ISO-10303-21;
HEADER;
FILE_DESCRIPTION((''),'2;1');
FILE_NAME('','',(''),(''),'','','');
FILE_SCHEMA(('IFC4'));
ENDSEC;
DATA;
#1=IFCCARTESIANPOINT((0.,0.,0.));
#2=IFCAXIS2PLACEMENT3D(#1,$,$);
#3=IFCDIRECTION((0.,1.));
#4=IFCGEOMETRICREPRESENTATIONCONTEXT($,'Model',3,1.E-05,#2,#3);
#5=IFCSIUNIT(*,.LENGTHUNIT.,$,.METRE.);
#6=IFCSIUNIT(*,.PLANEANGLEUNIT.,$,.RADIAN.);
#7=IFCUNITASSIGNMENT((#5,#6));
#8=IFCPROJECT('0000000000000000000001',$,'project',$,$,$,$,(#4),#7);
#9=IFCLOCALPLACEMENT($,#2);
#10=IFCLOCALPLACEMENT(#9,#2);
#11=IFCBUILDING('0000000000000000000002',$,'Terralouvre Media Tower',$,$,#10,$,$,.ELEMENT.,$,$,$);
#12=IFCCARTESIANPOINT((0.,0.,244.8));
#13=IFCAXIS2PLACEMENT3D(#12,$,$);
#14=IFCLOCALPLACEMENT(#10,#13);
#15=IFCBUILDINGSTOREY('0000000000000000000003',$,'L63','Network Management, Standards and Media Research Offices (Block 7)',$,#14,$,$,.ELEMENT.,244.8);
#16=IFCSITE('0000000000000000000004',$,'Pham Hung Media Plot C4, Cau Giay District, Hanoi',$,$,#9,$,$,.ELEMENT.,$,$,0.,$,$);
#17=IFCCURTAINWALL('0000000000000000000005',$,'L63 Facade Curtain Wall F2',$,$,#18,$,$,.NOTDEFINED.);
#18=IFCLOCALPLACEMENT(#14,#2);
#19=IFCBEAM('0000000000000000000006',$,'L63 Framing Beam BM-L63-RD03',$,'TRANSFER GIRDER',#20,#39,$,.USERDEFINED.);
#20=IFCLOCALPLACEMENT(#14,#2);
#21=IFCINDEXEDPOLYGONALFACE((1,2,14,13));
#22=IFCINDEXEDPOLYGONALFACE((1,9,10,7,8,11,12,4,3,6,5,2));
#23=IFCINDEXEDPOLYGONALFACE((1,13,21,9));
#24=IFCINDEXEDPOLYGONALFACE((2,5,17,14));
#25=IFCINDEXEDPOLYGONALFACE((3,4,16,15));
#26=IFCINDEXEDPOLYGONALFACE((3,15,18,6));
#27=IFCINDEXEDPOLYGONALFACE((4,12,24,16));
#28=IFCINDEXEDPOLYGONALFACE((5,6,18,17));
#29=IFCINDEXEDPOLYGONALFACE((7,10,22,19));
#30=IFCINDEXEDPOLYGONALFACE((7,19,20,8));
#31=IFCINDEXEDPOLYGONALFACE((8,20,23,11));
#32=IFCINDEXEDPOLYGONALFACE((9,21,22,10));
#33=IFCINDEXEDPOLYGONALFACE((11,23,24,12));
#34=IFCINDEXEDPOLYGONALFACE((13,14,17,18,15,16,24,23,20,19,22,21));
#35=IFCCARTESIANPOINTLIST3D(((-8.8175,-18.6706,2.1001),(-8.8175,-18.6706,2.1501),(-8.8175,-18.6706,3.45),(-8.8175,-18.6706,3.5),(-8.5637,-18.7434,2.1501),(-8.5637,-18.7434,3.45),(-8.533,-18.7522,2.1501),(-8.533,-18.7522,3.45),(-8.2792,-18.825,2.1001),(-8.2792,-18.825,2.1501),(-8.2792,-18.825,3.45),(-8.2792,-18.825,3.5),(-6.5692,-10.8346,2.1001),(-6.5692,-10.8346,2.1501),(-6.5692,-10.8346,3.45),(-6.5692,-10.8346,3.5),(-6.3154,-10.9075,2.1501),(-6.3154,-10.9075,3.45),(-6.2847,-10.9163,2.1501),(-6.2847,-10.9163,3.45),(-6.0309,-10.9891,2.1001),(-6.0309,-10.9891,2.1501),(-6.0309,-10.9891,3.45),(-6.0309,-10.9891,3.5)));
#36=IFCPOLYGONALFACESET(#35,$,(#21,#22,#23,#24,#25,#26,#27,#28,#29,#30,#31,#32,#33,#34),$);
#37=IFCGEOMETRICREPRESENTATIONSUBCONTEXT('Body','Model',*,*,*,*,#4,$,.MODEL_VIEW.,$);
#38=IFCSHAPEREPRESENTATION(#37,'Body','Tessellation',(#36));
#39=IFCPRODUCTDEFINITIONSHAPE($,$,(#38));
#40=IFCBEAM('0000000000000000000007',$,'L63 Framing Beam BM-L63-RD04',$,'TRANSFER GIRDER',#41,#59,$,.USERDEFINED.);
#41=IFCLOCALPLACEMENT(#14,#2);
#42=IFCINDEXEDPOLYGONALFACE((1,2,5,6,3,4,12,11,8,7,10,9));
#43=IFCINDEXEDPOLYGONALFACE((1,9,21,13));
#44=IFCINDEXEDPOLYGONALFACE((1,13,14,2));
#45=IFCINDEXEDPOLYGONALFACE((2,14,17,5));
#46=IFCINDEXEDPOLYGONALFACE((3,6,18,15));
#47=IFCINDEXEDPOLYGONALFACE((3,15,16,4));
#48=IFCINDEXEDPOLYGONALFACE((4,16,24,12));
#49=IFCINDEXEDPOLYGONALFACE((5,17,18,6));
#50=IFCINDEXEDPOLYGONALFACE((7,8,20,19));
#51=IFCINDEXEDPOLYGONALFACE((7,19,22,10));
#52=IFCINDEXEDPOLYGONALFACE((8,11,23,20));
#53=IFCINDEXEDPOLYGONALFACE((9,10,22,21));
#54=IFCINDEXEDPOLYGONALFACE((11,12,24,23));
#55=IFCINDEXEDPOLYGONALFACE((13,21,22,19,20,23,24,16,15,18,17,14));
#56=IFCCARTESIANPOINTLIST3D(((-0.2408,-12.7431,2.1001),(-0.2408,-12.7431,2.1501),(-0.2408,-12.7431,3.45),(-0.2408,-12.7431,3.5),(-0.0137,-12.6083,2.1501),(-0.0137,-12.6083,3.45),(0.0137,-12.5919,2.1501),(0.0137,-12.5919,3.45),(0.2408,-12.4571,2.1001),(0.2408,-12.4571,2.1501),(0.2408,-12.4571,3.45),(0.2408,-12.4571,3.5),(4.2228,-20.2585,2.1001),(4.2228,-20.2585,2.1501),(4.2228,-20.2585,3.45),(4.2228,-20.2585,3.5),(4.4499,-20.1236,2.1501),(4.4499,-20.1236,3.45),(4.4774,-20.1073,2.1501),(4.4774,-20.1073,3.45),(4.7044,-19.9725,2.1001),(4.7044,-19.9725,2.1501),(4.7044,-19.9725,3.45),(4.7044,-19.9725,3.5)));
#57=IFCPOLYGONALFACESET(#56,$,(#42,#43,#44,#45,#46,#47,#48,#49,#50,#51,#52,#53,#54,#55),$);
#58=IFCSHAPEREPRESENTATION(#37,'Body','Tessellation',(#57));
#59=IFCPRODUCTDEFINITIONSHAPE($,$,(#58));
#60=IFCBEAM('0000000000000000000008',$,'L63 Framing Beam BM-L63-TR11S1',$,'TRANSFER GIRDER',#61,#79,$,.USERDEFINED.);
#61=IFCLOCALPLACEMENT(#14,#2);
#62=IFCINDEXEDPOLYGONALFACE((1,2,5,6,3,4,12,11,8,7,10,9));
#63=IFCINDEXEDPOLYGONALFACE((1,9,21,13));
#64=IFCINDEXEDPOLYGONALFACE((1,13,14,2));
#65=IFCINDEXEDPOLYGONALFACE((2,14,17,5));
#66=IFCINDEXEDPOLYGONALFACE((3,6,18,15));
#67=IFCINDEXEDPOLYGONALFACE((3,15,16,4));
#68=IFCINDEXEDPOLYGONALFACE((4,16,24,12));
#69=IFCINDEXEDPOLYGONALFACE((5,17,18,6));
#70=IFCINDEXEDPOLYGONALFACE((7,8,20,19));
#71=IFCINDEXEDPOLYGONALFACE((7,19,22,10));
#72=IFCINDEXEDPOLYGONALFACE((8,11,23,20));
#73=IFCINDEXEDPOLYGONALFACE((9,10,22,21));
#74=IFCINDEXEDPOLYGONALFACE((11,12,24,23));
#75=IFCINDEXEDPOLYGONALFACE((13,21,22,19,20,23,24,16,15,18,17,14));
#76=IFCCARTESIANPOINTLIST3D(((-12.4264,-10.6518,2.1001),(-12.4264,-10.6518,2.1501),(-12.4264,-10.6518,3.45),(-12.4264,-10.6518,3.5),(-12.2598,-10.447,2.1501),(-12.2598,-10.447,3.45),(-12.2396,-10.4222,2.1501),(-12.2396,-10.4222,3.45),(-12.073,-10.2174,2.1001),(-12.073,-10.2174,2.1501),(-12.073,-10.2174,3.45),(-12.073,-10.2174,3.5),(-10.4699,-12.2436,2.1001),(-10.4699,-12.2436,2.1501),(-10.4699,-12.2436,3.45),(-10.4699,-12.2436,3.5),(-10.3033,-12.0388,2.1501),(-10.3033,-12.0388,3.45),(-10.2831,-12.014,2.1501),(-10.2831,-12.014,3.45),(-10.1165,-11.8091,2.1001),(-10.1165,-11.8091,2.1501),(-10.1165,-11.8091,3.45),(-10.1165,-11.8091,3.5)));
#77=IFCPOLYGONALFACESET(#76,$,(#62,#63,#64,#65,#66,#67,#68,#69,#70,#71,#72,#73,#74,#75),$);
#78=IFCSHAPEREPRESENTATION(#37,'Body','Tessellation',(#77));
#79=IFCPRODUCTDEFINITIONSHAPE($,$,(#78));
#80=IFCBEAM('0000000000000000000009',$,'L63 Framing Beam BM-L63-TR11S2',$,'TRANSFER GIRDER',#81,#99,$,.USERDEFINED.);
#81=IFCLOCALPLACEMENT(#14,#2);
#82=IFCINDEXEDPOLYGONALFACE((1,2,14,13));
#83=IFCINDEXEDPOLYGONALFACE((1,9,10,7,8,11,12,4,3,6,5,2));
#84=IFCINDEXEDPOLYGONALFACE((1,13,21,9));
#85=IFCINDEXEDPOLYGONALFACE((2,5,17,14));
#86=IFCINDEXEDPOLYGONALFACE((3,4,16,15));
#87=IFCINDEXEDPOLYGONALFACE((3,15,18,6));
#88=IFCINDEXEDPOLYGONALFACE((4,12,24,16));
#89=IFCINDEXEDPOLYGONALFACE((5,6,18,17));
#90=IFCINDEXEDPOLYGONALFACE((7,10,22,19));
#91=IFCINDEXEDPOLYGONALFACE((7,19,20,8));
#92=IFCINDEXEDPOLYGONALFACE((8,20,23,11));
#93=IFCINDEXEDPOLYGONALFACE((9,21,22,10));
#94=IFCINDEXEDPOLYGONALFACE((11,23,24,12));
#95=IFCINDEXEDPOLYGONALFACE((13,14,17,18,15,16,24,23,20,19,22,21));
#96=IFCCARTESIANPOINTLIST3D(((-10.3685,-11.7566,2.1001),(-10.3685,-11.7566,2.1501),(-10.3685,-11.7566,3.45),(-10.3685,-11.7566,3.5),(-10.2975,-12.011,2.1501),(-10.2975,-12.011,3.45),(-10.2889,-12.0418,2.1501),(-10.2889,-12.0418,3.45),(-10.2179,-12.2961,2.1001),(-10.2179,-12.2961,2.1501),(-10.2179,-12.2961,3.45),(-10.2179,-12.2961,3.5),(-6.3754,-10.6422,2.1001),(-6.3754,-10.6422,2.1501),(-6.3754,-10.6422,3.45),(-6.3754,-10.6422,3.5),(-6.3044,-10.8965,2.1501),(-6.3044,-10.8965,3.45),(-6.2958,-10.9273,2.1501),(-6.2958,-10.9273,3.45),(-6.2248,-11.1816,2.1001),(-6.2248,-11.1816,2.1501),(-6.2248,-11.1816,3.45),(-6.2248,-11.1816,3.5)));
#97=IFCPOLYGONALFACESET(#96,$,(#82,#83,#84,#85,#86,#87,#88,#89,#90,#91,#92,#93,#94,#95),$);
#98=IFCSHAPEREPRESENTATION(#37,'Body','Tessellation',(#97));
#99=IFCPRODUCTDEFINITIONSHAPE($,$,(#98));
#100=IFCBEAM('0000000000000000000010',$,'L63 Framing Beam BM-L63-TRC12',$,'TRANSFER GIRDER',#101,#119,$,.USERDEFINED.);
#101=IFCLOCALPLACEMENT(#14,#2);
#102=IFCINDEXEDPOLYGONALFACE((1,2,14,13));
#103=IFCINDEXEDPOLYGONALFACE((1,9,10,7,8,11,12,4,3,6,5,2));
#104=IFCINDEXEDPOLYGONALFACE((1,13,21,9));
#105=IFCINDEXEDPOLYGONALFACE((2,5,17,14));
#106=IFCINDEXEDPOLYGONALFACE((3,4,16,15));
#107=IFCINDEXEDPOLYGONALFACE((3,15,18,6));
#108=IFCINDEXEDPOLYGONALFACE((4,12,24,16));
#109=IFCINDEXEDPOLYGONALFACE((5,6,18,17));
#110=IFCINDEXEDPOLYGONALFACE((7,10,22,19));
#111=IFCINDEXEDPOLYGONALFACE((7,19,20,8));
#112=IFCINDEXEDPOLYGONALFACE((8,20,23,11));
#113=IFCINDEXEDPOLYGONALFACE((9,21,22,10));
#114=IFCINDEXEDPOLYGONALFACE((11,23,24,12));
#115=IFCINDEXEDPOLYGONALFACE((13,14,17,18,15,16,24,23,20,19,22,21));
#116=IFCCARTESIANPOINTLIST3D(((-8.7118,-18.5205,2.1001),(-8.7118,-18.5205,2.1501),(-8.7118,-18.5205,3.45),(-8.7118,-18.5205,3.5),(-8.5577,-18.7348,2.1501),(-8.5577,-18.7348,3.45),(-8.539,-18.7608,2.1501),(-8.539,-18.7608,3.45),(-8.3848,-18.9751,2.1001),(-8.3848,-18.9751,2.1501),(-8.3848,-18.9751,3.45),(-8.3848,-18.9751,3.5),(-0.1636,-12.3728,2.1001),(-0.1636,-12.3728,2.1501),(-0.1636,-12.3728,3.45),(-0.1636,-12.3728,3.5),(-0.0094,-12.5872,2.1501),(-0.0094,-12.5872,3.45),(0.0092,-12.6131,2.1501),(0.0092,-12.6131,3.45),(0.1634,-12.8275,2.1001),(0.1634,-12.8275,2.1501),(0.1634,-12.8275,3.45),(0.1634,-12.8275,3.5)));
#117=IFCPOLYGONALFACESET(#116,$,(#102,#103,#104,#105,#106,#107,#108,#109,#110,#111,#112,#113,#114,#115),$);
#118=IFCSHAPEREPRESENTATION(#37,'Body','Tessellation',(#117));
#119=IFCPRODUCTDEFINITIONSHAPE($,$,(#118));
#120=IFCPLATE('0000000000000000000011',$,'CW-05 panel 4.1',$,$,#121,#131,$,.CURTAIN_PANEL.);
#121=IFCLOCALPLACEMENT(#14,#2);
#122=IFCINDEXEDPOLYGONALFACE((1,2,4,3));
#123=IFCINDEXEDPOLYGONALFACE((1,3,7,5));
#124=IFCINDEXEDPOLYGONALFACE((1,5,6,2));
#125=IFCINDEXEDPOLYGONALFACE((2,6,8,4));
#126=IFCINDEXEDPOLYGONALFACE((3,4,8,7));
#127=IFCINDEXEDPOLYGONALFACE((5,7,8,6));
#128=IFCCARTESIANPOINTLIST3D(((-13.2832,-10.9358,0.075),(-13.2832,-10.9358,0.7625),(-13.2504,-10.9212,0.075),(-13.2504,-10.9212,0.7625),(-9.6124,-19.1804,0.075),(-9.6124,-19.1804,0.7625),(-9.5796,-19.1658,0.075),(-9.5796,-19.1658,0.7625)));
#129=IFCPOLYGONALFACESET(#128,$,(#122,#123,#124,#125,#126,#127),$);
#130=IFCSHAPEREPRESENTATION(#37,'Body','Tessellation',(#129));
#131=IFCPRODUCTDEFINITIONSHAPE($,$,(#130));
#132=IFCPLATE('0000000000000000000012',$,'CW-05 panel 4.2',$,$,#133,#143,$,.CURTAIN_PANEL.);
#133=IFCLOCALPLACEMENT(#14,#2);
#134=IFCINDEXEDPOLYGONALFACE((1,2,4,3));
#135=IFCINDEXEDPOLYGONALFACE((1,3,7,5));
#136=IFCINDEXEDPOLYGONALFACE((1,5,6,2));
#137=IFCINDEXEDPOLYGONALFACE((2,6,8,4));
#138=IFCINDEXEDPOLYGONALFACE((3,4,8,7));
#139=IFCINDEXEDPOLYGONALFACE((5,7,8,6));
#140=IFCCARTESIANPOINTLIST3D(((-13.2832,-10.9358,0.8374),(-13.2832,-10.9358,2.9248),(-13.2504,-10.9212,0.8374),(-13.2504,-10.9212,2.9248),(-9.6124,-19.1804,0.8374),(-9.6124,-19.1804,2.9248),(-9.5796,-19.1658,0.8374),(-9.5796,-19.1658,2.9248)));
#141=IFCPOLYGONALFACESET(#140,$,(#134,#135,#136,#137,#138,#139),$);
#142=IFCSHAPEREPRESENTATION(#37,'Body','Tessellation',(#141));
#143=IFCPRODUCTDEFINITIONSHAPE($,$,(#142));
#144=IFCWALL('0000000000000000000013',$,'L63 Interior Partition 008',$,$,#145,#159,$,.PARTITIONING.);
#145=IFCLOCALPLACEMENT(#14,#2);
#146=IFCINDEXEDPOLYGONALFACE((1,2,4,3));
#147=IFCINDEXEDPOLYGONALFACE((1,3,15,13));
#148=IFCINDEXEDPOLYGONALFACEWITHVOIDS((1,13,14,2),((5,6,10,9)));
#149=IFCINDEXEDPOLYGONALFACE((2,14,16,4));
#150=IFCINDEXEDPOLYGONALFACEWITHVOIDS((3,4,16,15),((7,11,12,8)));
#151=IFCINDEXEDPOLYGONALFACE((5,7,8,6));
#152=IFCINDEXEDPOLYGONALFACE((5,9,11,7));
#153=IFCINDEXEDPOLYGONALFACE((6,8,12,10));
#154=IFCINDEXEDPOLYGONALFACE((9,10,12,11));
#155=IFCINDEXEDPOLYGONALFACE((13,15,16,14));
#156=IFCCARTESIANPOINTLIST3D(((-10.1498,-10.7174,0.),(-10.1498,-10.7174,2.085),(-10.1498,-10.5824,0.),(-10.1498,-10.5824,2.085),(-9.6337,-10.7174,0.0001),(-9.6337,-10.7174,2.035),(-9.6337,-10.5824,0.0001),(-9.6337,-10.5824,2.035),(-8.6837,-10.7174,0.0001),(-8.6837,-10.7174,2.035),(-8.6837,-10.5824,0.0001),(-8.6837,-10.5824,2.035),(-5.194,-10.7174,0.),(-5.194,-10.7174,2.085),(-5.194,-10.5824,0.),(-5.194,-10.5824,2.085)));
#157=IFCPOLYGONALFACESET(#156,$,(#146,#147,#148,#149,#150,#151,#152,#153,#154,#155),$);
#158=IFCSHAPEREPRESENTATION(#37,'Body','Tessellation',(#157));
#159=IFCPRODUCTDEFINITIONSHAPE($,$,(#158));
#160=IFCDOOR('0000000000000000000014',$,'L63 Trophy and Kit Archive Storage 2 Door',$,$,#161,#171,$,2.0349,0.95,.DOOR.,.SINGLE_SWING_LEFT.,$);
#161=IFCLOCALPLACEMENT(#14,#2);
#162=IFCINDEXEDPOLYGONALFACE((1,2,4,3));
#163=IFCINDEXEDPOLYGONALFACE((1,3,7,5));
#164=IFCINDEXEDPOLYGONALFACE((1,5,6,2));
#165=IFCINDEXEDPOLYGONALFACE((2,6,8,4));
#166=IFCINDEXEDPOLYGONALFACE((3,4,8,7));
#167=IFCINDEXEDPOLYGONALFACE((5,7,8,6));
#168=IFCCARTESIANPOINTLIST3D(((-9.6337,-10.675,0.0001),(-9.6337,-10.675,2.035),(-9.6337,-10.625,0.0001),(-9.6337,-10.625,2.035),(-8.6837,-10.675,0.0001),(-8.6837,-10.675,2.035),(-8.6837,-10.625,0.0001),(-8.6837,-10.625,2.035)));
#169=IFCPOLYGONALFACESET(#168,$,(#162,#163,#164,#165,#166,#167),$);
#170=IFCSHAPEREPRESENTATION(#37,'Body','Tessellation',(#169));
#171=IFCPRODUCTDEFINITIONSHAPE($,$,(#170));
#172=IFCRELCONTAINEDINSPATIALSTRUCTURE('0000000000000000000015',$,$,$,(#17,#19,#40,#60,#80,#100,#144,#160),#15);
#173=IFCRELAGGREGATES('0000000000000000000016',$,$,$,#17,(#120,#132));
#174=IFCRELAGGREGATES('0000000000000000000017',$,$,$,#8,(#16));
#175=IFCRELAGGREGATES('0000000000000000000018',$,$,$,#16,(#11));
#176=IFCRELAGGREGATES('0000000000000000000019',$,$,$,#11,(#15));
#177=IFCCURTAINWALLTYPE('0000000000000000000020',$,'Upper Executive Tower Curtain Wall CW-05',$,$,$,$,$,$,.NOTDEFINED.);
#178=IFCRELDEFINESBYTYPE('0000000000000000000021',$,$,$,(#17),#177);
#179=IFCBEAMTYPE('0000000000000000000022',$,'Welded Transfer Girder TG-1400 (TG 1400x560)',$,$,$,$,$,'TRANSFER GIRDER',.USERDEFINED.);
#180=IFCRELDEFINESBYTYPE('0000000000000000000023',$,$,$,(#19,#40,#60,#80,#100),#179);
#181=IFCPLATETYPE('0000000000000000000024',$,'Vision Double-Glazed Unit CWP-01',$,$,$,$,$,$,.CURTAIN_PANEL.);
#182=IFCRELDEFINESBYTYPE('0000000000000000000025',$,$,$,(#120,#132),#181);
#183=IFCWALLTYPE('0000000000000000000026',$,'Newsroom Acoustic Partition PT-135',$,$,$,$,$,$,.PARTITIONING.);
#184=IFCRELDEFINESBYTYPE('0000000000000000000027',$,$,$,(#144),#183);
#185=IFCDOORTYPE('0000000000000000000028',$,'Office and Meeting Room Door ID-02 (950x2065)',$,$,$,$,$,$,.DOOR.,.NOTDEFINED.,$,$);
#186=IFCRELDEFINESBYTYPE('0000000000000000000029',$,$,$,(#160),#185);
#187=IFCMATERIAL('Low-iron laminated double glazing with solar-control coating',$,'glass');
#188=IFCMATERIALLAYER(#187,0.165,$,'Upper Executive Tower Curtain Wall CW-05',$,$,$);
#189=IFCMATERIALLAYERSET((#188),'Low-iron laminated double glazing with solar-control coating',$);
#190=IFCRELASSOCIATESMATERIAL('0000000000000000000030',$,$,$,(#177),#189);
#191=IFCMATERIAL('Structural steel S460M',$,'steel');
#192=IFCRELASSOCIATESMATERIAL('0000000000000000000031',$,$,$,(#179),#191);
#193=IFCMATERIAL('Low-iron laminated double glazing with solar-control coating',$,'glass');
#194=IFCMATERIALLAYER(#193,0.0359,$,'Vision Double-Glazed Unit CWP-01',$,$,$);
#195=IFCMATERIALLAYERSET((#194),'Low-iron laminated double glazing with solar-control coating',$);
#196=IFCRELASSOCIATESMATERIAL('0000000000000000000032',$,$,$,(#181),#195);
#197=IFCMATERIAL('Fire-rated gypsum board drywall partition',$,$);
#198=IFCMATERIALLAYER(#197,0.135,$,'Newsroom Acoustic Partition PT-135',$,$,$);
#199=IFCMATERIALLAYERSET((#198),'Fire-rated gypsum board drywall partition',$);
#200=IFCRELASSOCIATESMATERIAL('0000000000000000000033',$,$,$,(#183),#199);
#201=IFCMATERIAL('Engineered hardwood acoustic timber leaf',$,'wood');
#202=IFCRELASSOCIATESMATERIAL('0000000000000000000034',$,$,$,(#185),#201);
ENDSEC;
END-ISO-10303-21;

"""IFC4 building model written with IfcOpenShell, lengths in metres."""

from ifc_helpers import new_model, si_unit, direction, frame, frame_2d, origin, origin_2d, place, context, subcontext, project, spatial, rectangle, i_section, extrude, material, layer, layer_set, material_profile, profile_set, type_object, element, fill, aggregate, save


model = new_model("IFC4")

# Units and contexts
model_context = context("Model", 3, precision=1e-05, world=origin(), true_north=direction((0.0, 1.0)))
body_context = subcontext(model_context, "Body", "Model", "MODEL_VIEW")
ifc_project = project(units=[si_unit("LENGTHUNIT", "METRE"), si_unit("PLANEANGLEUNIT", "RADIAN")], contexts=[model_context])

# Site, building, storey
site_placement = place(None, origin())
site = spatial("IfcSite", under=ifc_project, at=site_placement, Name="Pham Hung Media Plot C4, Cau Giay District, Hanoi", CompositionType="ELEMENT", RefElevation=0.0)
building_placement = place(site_placement, origin())
building = spatial("IfcBuilding", under=site, at=building_placement, Name="Terralouvre Media Tower", CompositionType="ELEMENT")
storey_placement = place(building_placement, frame((0.0, 0.0, 244.8)))
storey = spatial("IfcBuildingStorey", under=building, at=storey_placement, Name="L63", Description="Network Management, Standards and Media Research Offices (Block 7)", CompositionType="ELEMENT", Elevation=244.8)

# Curtain wall
ifc_material_1 = material(Name="Low-iron laminated double glazing with solar-control coating", Category="glass")
ifc_layer_1 = layer(ifc_material_1, 0.165, Name="Upper Executive Tower Curtain Wall CW-05")
ifc_layer_set_1 = layer_set([ifc_layer_1], Name="Low-iron laminated double glazing with solar-control coating")
curtain_wall_type = type_object("IfcCurtainWallType", Name="Upper Executive Tower Curtain Wall CW-05", PredefinedType="NOTDEFINED", material=ifc_layer_set_1)
curtain_wall_placement = place(storey_placement, origin())
curtain_wall = element("IfcCurtainWall", 1, at=curtain_wall_placement, inside=storey, type_object=curtain_wall_type, Name="L63 Facade Curtain Wall F2", PredefinedType="NOTDEFINED")

# Beams
ifc_material_2 = material(Name="Structural steel S460M", Category="steel")
ifc_material_profile_1 = material_profile(ifc_material_2, i_section(OverallWidth=0.5601, OverallDepth=1.3999, WebThickness=0.032, FlangeThickness=0.05, at=origin_2d()), Name="TG 1400x560")
ifc_profile_set_1 = profile_set([ifc_material_profile_1], Name="Structural steel S460M")
beam_type_1 = type_object("IfcBeamType", Name="Welded Transfer Girder TG-1400 (TG 1400x560)", ElementType="TRANSFER GIRDER", PredefinedType="USERDEFINED", material=ifc_profile_set_1)
beam_1_placement = place(storey_placement, frame((-6.3, -10.9119, 2.8), z_axis=(-0.275793, -0.961217, 0.0), x_axis=(0.961217, -0.275793, 0.0)))
element("IfcBeam", 2, at=beam_1_placement, inside=storey, type_object=beam_type_1, Name="L63 Framing Beam BM-L63-RD03", ObjectType="TRANSFER GIRDER", PredefinedType="USERDEFINED", context=body_context, shape_type="SweptSolid", body=[
    extrude(i_section(OverallWidth=0.5601, OverallDepth=1.3999, WebThickness=0.032, FlangeThickness=0.05, at=origin_2d()), origin(), (0.0, 0.0, 1.0), 8.1521),
])
beam_2_placement = place(storey_placement, frame((0.0, -12.6001, 2.8), z_axis=(0.510654, -0.859786, 0.0), x_axis=(0.859786, 0.510654, 0.0)))
element("IfcBeam", 3, at=beam_2_placement, inside=storey, type_object=beam_type_1, Name="L63 Framing Beam BM-L63-RD04", ObjectType="TRANSFER GIRDER", PredefinedType="USERDEFINED", context=body_context, shape_type="SweptSolid", body=[
    extrude(i_section(OverallWidth=0.5601, OverallDepth=1.3999, WebThickness=0.032, FlangeThickness=0.05, at=origin_2d()), origin(), (0.0, 0.0, 1.0), 8.741),
])
beam_3_placement = place(storey_placement, frame((-10.2932, -12.0264, 2.8), z_axis=(-0.775705, 0.631095, 0.0), x_axis=(-0.631095, -0.775705, 0.0)))
element("IfcBeam", 4, at=beam_3_placement, inside=storey, type_object=beam_type_1, Name="L63 Framing Beam BM-L63-TR11S1", ObjectType="TRANSFER GIRDER", PredefinedType="USERDEFINED", context=body_context, shape_type="SweptSolid", body=[
    extrude(i_section(OverallWidth=0.5601, OverallDepth=1.3999, WebThickness=0.032, FlangeThickness=0.05, at=origin_2d()), origin(), (0.0, 0.0, 1.0), 2.5222),
])
beam_4_placement = place(storey_placement, frame((-10.2932, -12.0264, 2.8), z_axis=(0.963188, 0.268828, 0.0), x_axis=(-0.268828, 0.963188, 0.0)))
element("IfcBeam", 5, at=beam_4_placement, inside=storey, type_object=beam_type_1, Name="L63 Framing Beam BM-L63-TR11S2", ObjectType="TRANSFER GIRDER", PredefinedType="USERDEFINED", context=body_context, shape_type="SweptSolid", body=[
    extrude(i_section(OverallWidth=0.5601, OverallDepth=1.3999, WebThickness=0.032, FlangeThickness=0.05, at=origin_2d()), origin(), (0.0, 0.0, 1.0), 4.1458),
])
beam_5_placement = place(storey_placement, frame((-8.5483, -18.7478, 2.8), z_axis=(0.811854, 0.583861, 0.0), x_axis=(-0.583861, 0.811854, 0.0)))
element("IfcBeam", 6, at=beam_5_placement, inside=storey, type_object=beam_type_1, Name="L63 Framing Beam BM-L63-TRC12", ObjectType="TRANSFER GIRDER", PredefinedType="USERDEFINED", context=body_context, shape_type="SweptSolid", body=[
    extrude(i_section(OverallWidth=0.5601, OverallDepth=1.3999, WebThickness=0.032, FlangeThickness=0.05, at=origin_2d()), origin(), (0.0, 0.0, 1.0), 10.5293),
])

# Plates
ifc_material_3 = material(Name="Low-iron laminated double glazing with solar-control coating", Category="glass")
ifc_layer_2 = layer(ifc_material_3, 0.0359, Name="Vision Double-Glazed Unit CWP-01")
ifc_layer_set_2 = layer_set([ifc_layer_2], Name="Low-iron laminated double glazing with solar-control coating")
plate_type = type_object("IfcPlateType", Name="Vision Double-Glazed Unit CWP-01", PredefinedType="CURTAIN_PANEL", material=ifc_layer_set_2)
plate_1_placement = place(storey_placement, frame((-11.4314, -15.0508, 0.075), z_axis=(0.0, 0.0, 1.0), x_axis=(0.406737, -0.913545, 0.0)))
plate_1 = element("IfcPlate", 7, at=plate_1_placement, type_object=plate_type, Name="CW-05 panel 4.1", PredefinedType="CURTAIN_PANEL", context=body_context, shape_type="SweptSolid", body=[
    extrude(rectangle(XDim=9.0249, YDim=0.0359, at=origin_2d()), origin(), (0.0, 0.0, 1.0), 0.6875),
])
plate_2_placement = place(storey_placement, frame((-11.4314, -15.0508, 0.8374), z_axis=(0.0, 0.0, 1.0), x_axis=(0.406737, -0.913545, 0.0)))
plate_2 = element("IfcPlate", 8, at=plate_2_placement, type_object=plate_type, Name="CW-05 panel 4.2", PredefinedType="CURTAIN_PANEL", context=body_context, shape_type="SweptSolid", body=[
    extrude(rectangle(XDim=9.0249, YDim=0.0359, at=origin_2d()), origin(), (0.0, 0.0, 1.0), 2.0874),
])
aggregate(curtain_wall, [plate_1, plate_2])

# Wall, opening, door
ifc_material_4 = material(Name="Fire-rated gypsum board drywall partition")
ifc_layer_3 = layer(ifc_material_4, 0.135, Name="Newsroom Acoustic Partition PT-135")
ifc_layer_set_3 = layer_set([ifc_layer_3], Name="Fire-rated gypsum board drywall partition")
wall_type = type_object("IfcWallType", Name="Newsroom Acoustic Partition PT-135", PredefinedType="PARTITIONING", material=ifc_layer_set_3)
wall_1_placement = place(storey_placement, frame((-10.1499, -10.6499, 0.0), z_axis=(0.0, 0.0, 1.0), x_axis=(1.0, 0.0, 0.0)))
wall_1 = element("IfcWall", 9, at=wall_1_placement, inside=storey, type_object=wall_type, Name="L63 Interior Partition 008", PredefinedType="PARTITIONING", context=body_context, shape_type="SweptSolid", body=[
    extrude(rectangle(XDim=4.9558, YDim=0.135, at=frame_2d((2.478, 0.0))), origin(), (0.0, 0.0, 1.0), 2.085),
])
opening_1_placement = place(wall_1_placement, frame((0.5161, 0.0, 0.0)))
opening_1 = element("IfcOpeningElement", 10, at=opening_1_placement, cuts=wall_1, PredefinedType="OPENING", context=body_context, shape_type="SweptSolid", body=[
    extrude(rectangle(XDim=0.95, YDim=2.0349, at=frame_2d((0.4751, 1.0176))), frame((0.0, 0.0774, 0.0), z_axis=(0.0, -1.0, 0.0), x_axis=(1.0, 0.0, 0.0)), (0.0, 0.0, 1.0), 0.155),
])
ifc_material_5 = material(Name="Engineered hardwood acoustic timber leaf", Category="wood")
door_type = type_object("IfcDoorType", Name="Office and Meeting Room Door ID-02 (950x2065)", OperationType="NOTDEFINED", PredefinedType="DOOR", material=ifc_material_5)
door_1_placement = place(opening_1_placement, origin())
door_1 = element("IfcDoor", 11, at=door_1_placement, inside=storey, type_object=door_type, Name="L63 Trophy and Kit Archive Storage 2 Door", OperationType="SINGLE_SWING_LEFT", OverallHeight=2.0349, OverallWidth=0.95, PredefinedType="DOOR", context=body_context, shape_type="SweptSolid", body=[
    extrude(rectangle(XDim=0.95, YDim=2.0349, at=frame_2d((0.4751, 1.0176))), frame((0.0, 0.0249, 0.0), z_axis=(0.0, -1.0, 0.0), x_axis=(1.0, 0.0, 0.0)), (0.0, 0.0, 1.0), 0.05),
])
fill(opening_1, door_1)

save(model, "model.ifc")
